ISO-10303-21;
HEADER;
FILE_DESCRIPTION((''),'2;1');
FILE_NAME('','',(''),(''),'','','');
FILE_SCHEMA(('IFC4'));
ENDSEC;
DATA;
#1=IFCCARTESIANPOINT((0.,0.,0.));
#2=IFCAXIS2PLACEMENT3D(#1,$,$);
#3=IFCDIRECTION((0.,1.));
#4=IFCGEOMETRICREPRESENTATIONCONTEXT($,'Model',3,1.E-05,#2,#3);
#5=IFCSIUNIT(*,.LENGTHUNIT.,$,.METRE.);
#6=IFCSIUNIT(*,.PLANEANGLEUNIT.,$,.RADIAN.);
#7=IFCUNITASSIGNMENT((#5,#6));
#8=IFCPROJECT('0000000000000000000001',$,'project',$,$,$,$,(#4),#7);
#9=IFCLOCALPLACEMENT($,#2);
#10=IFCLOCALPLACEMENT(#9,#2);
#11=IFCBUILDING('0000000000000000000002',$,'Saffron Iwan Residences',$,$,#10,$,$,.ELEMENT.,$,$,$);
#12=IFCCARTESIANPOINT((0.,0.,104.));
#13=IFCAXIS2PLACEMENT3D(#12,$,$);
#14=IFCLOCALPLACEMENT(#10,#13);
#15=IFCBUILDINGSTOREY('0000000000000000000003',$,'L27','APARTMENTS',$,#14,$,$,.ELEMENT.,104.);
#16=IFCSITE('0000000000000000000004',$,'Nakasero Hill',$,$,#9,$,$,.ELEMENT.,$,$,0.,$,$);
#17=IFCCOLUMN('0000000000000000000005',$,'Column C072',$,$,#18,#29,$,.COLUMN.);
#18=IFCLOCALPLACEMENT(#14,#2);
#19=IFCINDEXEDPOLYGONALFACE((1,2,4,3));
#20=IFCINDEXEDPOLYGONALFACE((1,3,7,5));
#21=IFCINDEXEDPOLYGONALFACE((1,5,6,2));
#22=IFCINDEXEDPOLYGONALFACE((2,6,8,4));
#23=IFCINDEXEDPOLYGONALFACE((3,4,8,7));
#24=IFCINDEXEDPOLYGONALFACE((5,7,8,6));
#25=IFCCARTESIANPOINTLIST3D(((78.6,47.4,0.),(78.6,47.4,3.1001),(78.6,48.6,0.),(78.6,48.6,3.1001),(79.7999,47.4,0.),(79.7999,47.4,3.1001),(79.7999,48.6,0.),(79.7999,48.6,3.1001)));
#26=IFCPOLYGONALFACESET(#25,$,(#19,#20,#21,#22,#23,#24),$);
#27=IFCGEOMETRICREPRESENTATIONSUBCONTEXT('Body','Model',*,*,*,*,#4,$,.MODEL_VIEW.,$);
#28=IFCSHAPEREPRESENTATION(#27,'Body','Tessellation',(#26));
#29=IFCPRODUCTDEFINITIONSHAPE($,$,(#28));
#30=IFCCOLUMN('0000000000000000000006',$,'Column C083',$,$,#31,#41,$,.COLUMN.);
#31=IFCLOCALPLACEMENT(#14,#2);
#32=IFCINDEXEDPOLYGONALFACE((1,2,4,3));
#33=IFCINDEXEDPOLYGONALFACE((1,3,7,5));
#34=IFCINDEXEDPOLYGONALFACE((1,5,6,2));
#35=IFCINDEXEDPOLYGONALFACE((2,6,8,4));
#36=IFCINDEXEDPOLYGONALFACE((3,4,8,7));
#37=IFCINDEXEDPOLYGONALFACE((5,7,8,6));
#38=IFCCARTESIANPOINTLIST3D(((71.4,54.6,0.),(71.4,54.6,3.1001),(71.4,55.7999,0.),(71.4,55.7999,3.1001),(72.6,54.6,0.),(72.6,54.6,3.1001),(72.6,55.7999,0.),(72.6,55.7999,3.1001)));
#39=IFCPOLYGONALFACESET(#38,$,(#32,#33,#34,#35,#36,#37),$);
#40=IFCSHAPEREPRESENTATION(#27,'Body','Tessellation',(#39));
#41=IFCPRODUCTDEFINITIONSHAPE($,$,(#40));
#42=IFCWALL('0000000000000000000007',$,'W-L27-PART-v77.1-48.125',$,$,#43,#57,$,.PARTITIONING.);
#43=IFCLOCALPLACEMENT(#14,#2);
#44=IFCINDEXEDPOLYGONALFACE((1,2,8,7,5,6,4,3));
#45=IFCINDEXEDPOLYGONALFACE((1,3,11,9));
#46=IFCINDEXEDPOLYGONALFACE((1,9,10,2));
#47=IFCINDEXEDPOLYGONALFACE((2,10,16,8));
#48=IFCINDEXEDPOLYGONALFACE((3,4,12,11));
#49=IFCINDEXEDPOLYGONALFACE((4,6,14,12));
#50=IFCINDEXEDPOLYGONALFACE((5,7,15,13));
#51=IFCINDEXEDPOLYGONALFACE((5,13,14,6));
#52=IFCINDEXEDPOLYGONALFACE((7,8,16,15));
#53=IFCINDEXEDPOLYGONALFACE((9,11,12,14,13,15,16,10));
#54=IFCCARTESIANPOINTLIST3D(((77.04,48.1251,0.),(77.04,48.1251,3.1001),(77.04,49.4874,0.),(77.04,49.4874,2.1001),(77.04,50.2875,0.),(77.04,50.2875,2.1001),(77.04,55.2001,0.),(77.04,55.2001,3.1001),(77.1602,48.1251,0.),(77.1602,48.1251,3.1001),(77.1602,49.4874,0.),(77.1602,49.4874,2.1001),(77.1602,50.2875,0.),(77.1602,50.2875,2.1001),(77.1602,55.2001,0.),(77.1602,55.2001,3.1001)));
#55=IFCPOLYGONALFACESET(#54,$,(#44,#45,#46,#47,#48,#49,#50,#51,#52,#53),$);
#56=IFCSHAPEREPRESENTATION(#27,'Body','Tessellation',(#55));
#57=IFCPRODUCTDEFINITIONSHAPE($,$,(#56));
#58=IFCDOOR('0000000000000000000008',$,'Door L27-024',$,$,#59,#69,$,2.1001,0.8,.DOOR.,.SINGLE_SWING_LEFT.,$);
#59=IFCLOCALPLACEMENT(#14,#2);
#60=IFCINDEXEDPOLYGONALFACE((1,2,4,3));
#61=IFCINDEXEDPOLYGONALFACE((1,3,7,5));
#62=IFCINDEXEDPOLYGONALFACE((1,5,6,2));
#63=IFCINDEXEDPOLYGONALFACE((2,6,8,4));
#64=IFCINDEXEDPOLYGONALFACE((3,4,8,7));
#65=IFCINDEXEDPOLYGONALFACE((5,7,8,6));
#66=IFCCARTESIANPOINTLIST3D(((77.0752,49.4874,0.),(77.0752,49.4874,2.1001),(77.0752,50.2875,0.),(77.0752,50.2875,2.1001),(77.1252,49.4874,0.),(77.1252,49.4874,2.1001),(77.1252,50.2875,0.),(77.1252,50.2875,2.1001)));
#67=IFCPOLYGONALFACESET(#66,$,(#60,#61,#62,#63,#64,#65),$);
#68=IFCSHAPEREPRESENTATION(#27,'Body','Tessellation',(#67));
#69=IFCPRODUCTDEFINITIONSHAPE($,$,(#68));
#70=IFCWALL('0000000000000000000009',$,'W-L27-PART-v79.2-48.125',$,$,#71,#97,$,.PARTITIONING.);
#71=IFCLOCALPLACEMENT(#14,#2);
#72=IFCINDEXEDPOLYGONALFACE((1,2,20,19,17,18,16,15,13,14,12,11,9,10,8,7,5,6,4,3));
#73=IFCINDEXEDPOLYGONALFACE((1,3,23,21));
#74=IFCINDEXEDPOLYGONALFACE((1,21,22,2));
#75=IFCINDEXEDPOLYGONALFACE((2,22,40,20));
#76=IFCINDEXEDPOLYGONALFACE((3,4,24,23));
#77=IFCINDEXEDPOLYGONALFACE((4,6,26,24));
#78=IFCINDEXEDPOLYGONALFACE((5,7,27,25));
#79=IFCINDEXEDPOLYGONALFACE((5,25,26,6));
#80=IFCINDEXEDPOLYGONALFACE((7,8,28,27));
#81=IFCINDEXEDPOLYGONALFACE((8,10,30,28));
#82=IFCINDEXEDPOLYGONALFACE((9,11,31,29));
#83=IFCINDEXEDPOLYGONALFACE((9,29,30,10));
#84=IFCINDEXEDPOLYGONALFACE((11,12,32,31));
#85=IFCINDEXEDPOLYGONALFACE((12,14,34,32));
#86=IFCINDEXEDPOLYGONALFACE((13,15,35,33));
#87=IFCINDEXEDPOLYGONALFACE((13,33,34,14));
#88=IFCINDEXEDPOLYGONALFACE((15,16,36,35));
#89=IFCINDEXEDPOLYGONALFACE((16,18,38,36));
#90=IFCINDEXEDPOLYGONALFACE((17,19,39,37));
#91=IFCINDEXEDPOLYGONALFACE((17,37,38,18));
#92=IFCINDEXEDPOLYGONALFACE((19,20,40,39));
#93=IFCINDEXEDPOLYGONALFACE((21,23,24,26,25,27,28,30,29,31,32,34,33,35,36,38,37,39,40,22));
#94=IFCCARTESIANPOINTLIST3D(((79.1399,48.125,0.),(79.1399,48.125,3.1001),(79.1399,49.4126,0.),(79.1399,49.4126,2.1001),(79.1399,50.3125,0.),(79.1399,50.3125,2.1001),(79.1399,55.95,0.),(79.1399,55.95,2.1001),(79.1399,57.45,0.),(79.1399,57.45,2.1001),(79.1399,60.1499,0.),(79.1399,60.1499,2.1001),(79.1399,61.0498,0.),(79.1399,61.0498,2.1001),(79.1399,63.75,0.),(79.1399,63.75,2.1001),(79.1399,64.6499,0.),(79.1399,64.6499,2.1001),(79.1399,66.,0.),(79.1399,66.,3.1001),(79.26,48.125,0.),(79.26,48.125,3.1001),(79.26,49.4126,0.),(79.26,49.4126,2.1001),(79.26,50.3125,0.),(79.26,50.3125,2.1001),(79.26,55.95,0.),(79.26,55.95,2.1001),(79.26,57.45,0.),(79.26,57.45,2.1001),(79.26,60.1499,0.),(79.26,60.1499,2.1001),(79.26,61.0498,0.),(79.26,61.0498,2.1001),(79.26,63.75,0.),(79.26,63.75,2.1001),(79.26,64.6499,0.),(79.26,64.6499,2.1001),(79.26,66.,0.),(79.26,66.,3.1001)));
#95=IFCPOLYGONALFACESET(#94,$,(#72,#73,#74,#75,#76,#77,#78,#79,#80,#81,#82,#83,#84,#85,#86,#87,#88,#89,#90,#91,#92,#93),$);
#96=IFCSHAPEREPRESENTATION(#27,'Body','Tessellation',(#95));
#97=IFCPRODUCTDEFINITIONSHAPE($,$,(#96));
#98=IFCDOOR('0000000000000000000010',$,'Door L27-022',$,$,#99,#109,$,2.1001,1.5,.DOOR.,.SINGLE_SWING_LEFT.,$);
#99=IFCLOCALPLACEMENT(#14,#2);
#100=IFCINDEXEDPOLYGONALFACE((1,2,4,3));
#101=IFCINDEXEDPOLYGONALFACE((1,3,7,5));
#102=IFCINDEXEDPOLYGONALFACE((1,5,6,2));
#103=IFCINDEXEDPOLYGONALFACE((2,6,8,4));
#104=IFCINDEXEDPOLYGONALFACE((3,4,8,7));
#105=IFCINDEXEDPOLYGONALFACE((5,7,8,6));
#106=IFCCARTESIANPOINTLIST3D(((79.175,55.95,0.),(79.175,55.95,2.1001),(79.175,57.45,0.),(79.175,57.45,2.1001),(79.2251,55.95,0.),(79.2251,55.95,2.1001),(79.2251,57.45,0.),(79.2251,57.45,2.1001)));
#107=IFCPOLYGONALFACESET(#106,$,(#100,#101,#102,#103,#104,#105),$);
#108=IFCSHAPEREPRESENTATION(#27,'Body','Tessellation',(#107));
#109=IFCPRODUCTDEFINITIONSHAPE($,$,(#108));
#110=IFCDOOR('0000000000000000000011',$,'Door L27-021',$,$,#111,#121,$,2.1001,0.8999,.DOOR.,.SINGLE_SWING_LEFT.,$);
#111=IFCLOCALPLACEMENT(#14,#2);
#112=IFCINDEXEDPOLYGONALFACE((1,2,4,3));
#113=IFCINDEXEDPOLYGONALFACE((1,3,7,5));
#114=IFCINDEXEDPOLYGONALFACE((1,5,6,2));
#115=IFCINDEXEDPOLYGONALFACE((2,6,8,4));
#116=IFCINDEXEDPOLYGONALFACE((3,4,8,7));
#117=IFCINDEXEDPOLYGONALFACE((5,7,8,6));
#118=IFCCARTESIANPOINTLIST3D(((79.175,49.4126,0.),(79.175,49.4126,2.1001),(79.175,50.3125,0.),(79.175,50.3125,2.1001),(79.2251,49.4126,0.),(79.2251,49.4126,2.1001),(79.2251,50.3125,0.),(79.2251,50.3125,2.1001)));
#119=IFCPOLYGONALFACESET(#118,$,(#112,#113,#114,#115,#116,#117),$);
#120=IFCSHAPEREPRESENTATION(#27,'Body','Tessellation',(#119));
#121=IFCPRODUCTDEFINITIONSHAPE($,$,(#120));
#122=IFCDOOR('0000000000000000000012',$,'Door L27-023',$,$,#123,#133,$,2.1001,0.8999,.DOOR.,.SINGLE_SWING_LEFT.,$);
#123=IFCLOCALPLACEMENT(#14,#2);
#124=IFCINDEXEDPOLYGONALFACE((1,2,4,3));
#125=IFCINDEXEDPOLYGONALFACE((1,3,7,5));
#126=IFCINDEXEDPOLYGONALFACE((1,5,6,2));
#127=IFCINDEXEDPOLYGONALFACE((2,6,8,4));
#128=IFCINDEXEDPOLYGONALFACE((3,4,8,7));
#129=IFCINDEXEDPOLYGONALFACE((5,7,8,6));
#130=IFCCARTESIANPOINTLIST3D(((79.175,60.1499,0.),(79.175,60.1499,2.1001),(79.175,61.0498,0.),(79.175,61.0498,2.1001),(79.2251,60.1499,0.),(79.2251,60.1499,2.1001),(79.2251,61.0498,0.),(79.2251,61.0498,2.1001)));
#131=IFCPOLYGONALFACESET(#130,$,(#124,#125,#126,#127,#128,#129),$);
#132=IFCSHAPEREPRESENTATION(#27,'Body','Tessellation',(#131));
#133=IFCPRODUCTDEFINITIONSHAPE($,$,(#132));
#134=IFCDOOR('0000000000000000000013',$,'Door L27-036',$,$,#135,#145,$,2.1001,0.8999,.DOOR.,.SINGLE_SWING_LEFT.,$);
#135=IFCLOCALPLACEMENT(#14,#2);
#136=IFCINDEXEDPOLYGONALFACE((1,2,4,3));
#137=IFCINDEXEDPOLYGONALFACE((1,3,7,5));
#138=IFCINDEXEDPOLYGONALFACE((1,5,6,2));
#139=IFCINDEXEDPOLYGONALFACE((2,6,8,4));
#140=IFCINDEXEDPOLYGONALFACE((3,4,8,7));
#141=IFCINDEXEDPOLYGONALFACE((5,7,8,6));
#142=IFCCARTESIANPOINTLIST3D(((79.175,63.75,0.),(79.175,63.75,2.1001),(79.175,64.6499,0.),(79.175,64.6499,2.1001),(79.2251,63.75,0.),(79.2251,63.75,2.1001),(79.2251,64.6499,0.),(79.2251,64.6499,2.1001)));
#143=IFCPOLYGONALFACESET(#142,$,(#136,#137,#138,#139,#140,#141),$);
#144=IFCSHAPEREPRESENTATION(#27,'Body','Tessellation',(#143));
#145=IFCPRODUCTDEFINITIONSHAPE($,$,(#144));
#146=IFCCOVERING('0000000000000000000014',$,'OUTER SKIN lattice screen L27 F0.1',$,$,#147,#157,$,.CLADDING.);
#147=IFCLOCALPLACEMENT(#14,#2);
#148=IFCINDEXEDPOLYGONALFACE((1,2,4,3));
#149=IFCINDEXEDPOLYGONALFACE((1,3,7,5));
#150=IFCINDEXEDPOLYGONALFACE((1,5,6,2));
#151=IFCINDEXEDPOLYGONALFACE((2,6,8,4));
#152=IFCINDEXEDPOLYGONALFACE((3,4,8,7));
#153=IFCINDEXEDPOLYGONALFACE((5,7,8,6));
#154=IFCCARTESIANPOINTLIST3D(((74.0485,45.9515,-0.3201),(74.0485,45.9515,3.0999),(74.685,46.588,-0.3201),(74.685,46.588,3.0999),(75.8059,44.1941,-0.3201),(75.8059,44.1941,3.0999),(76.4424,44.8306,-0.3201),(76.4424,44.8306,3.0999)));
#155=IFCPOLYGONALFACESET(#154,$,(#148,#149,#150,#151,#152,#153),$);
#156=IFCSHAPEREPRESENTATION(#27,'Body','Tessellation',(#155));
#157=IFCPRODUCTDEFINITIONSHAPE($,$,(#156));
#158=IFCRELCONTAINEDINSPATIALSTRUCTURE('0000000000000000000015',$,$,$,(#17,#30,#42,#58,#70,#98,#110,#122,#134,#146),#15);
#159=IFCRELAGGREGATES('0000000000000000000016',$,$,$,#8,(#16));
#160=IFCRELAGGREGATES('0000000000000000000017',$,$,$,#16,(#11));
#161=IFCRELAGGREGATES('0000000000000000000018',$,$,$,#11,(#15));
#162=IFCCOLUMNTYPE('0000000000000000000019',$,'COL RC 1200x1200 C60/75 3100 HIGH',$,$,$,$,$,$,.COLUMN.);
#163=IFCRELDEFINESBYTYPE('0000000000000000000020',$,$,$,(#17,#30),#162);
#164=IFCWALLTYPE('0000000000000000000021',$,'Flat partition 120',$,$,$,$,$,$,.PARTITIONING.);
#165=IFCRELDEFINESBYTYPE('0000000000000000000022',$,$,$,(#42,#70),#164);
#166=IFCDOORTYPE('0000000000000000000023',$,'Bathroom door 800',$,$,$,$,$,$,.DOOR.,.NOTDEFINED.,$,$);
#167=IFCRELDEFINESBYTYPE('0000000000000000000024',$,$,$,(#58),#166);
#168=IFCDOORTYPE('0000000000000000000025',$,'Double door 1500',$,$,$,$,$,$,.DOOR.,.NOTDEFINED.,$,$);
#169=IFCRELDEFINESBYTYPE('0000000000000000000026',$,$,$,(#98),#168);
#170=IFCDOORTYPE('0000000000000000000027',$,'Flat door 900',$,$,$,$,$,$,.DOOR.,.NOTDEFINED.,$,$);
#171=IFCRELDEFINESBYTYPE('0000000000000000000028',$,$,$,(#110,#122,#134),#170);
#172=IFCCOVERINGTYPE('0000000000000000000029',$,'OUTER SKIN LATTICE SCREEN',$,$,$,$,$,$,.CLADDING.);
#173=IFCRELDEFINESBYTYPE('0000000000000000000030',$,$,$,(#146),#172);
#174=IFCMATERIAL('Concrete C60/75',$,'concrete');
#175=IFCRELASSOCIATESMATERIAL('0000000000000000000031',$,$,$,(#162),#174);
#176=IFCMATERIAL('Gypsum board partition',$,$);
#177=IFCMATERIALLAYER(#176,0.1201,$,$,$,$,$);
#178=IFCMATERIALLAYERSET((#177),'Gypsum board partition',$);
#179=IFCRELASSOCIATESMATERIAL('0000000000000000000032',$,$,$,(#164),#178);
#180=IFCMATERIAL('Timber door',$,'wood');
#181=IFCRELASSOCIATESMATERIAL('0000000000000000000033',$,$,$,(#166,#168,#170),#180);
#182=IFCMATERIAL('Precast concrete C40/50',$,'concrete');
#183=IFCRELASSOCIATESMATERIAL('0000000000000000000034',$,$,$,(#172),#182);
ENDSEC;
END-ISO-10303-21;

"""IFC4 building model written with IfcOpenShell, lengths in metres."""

from ifc_helpers import new_model, si_unit, direction, frame, frame_2d, origin, origin_2d, place, context, subcontext, project, spatial, polyline, rectangle, outline, extrude, source, transform, mapped, material, layer, layer_set, material_profile, profile_set, type_object, element, fill, save


model = new_model("IFC4")

# Units and contexts
model_context = context("Model", 3, precision=1e-05, world=origin(), true_north=direction((0.0, 1.0)))
body_context = subcontext(model_context, "Body", "Model", "MODEL_VIEW")
ifc_project = project(units=[si_unit("LENGTHUNIT", "METRE"), si_unit("PLANEANGLEUNIT", "RADIAN")], contexts=[model_context])

# Site, building, storey
site_placement = place(None, origin())
site = spatial("IfcSite", under=ifc_project, at=site_placement, Name="Nakasero Hill", CompositionType="ELEMENT", RefElevation=0.0)
building_placement = place(site_placement, origin())
building = spatial("IfcBuilding", under=site, at=building_placement, Name="Saffron Iwan Residences", CompositionType="ELEMENT")
storey_placement = place(building_placement, frame((0.0, 0.0, 104.0)))
storey = spatial("IfcBuildingStorey", under=building, at=storey_placement, Name="L27", Description="APARTMENTS", CompositionType="ELEMENT", Elevation=104.0)

# Columns
ifc_material_1 = material(Name="Concrete C60/75", Category="concrete")
ifc_material_profile = material_profile(ifc_material_1, rectangle(XDim=1.2, YDim=1.2, at=origin_2d()), Name="RC 1200x1200")
ifc_profile_set = profile_set([ifc_material_profile], Name="Concrete C60/75")
column_type = type_object("IfcColumnType", Name="COL RC 1200x1200 C60/75 3100 HIGH", PredefinedType="COLUMN", material=ifc_profile_set)
shared_shape = source(origin(), body_context, "Body", "SweptSolid", [
    extrude(rectangle(XDim=1.2, YDim=1.2, at=origin_2d()), origin(), (0.0, 0.0, 1.0), 3.1001),
])
for number, where, z_axis, x_axis, name in (
    (1, (79.2, 48.0, 0.0), (0.0, 0.0, 1.0), (1.0, 0.0, 0.0), "Column C072"),
    (2, (72.0, 55.2, 0.0), (0.0, 0.0, 1.0), (1.0, 0.0, 0.0), "Column C083"),
):
    element("IfcColumn", number, at=place(storey_placement, frame(where, z_axis=z_axis, x_axis=x_axis)), inside=storey, type_object=column_type, Name=name, PredefinedType="COLUMN", context=body_context, shape_type="MappedRepresentation", body=[
        mapped(shared_shape, transform((0.0, 0.0, 0.0))),
    ])

# Wall, opening, door
ifc_material_2 = material(Name="Gypsum board partition")
ifc_layer = layer(ifc_material_2, 0.1201)
ifc_layer_set = layer_set([ifc_layer], Name="Gypsum board partition")
wall_type = type_object("IfcWallType", Name="Flat partition 120", PredefinedType="PARTITIONING", material=ifc_layer_set)
wall_1_placement = place(storey_placement, frame((77.1001, 48.125, 0.0), z_axis=(0.0, 0.0, 1.0), x_axis=(0.0, 1.0, 0.0)))
wall_1 = element("IfcWall", 3, at=wall_1_placement, inside=storey, type_object=wall_type, Name="W-L27-PART-v77.1-48.125", PredefinedType="PARTITIONING", context=body_context, shape_type="SweptSolid", body=[
    extrude(rectangle(XDim=7.075, YDim=0.1201, at=frame_2d((3.5376, 0.0))), origin(), (0.0, 0.0, 1.0), 3.1001),
])
opening_1_placement = place(wall_1_placement, frame((1.3625, 0.0, 0.0)))
opening_1 = element("IfcOpeningElement", 4, at=opening_1_placement, cuts=wall_1, PredefinedType="OPENING", context=body_context, shape_type="SweptSolid", body=[
    extrude(rectangle(XDim=0.8, YDim=2.1001, at=frame_2d((0.3999, 1.05))), frame((0.0, 0.0701, 0.0), z_axis=(0.0, -1.0, 0.0), x_axis=(1.0, 0.0, 0.0)), (0.0, 0.0, 1.0), 0.1401),
])
ifc_material_3 = material(Name="Timber door", Category="wood")
door_type_1 = type_object("IfcDoorType", Name="Bathroom door 800", OperationType="NOTDEFINED", PredefinedType="DOOR", material=ifc_material_3)
door_1_placement = place(opening_1_placement, origin())
door_1 = element("IfcDoor", 5, at=door_1_placement, inside=storey, type_object=door_type_1, Name="Door L27-024", OperationType="SINGLE_SWING_LEFT", OverallHeight=2.1001, OverallWidth=0.8, PredefinedType="DOOR", context=body_context, shape_type="SweptSolid", body=[
    extrude(rectangle(XDim=0.8, YDim=2.1001, at=frame_2d((0.3999, 1.05))), frame((0.0, 0.0249, 0.0), z_axis=(0.0, -1.0, 0.0), x_axis=(1.0, 0.0, 0.0)), (0.0, 0.0, 1.0), 0.05),
])
fill(opening_1, door_1)

# Wall, openings, doors
wall_2_placement = place(storey_placement, frame((79.2, 48.125, 0.0), z_axis=(0.0, 0.0, 1.0), x_axis=(0.0, 1.0, 0.0)))
wall_2 = element("IfcWall", 6, at=wall_2_placement, inside=storey, type_object=wall_type, Name="W-L27-PART-v79.2-48.125", PredefinedType="PARTITIONING", context=body_context, shape_type="SweptSolid", body=[
    extrude(rectangle(XDim=17.875, YDim=0.1201, at=frame_2d((8.9375, 0.0))), origin(), (0.0, 0.0, 1.0), 3.1001),
])
opening_2_placement = place(wall_2_placement, frame((1.2876, 0.0, 0.0)))
opening_2 = element("IfcOpeningElement", 7, at=opening_2_placement, cuts=wall_2, PredefinedType="OPENING", context=body_context, shape_type="SweptSolid", body=[
    extrude(rectangle(XDim=0.8999, YDim=2.1001, at=frame_2d((0.45, 1.05))), frame((0.0, 0.0701, 0.0), z_axis=(0.0, -1.0, 0.0), x_axis=(1.0, 0.0, 0.0)), (0.0, 0.0, 1.0), 0.1401),
])
opening_3_placement = place(wall_2_placement, frame((7.825, 0.0, 0.0)))
opening_3 = element("IfcOpeningElement", 8, at=opening_3_placement, cuts=wall_2, PredefinedType="OPENING", context=body_context, shape_type="SweptSolid", body=[
    extrude(rectangle(XDim=1.5, YDim=2.1001, at=frame_2d((0.75, 1.05))), frame((0.0, 0.0701, 0.0), z_axis=(0.0, -1.0, 0.0), x_axis=(1.0, 0.0, 0.0)), (0.0, 0.0, 1.0), 0.1401),
])
opening_4_placement = place(wall_2_placement, frame((12.0249, 0.0, 0.0)))
opening_4 = element("IfcOpeningElement", 9, at=opening_4_placement, cuts=wall_2, PredefinedType="OPENING", context=body_context, shape_type="SweptSolid", body=[
    extrude(rectangle(XDim=0.8999, YDim=2.1001, at=frame_2d((0.45, 1.05))), frame((0.0, 0.0701, 0.0), z_axis=(0.0, -1.0, 0.0), x_axis=(1.0, 0.0, 0.0)), (0.0, 0.0, 1.0), 0.1401),
])
opening_5_placement = place(wall_2_placement, frame((15.625, 0.0, 0.0)))
opening_5 = element("IfcOpeningElement", 10, at=opening_5_placement, cuts=wall_2, PredefinedType="OPENING", context=body_context, shape_type="SweptSolid", body=[
    extrude(rectangle(XDim=0.8999, YDim=2.1001, at=frame_2d((0.45, 1.05))), frame((0.0, 0.0701, 0.0), z_axis=(0.0, -1.0, 0.0), x_axis=(1.0, 0.0, 0.0)), (0.0, 0.0, 1.0), 0.1401),
])
door_type_2 = type_object("IfcDoorType", Name="Double door 1500", OperationType="NOTDEFINED", PredefinedType="DOOR", material=ifc_material_3)
door_2_placement = place(opening_3_placement, origin())
door_2 = element("IfcDoor", 11, at=door_2_placement, inside=storey, type_object=door_type_2, Name="Door L27-022", OperationType="SINGLE_SWING_LEFT", OverallHeight=2.1001, OverallWidth=1.5, PredefinedType="DOOR", context=body_context, shape_type="SweptSolid", body=[
    extrude(rectangle(XDim=1.5, YDim=2.1001, at=frame_2d((0.75, 1.05))), frame((0.0, 0.0249, 0.0), z_axis=(0.0, -1.0, 0.0), x_axis=(1.0, 0.0, 0.0)), (0.0, 0.0, 1.0), 0.05),
])
fill(opening_3, door_2)
door_type_3 = type_object("IfcDoorType", Name="Flat door 900", OperationType="NOTDEFINED", PredefinedType="DOOR", material=ifc_material_3)
door_3_placement = place(opening_2_placement, origin())
door_3 = element("IfcDoor", 12, at=door_3_placement, inside=storey, type_object=door_type_3, Name="Door L27-021", OperationType="SINGLE_SWING_LEFT", OverallHeight=2.1001, OverallWidth=0.8999, PredefinedType="DOOR", context=body_context, shape_type="SweptSolid", body=[
    extrude(rectangle(XDim=0.8999, YDim=2.1001, at=frame_2d((0.45, 1.05))), frame((0.0, 0.0249, 0.0), z_axis=(0.0, -1.0, 0.0), x_axis=(1.0, 0.0, 0.0)), (0.0, 0.0, 1.0), 0.05),
])
fill(opening_2, door_3)
door_4_placement = place(opening_4_placement, origin())
door_4 = element("IfcDoor", 13, at=door_4_placement, inside=storey, type_object=door_type_3, Name="Door L27-023", OperationType="SINGLE_SWING_LEFT", OverallHeight=2.1001, OverallWidth=0.8999, PredefinedType="DOOR", context=body_context, shape_type="SweptSolid", body=[
    extrude(rectangle(XDim=0.8999, YDim=2.1001, at=frame_2d((0.45, 1.05))), frame((0.0, 0.0249, 0.0), z_axis=(0.0, -1.0, 0.0), x_axis=(1.0, 0.0, 0.0)), (0.0, 0.0, 1.0), 0.05),
])
fill(opening_4, door_4)
door_5_placement = place(opening_5_placement, origin())
door_5 = element("IfcDoor", 14, at=door_5_placement, inside=storey, type_object=door_type_3, Name="Door L27-036", OperationType="SINGLE_SWING_LEFT", OverallHeight=2.1001, OverallWidth=0.8999, PredefinedType="DOOR", context=body_context, shape_type="SweptSolid", body=[
    extrude(rectangle(XDim=0.8999, YDim=2.1001, at=frame_2d((0.45, 1.05))), frame((0.0, 0.0249, 0.0), z_axis=(0.0, -1.0, 0.0), x_axis=(1.0, 0.0, 0.0)), (0.0, 0.0, 1.0), 0.05),
])
fill(opening_5, door_5)

# Covering
ifc_material_4 = material(Name="Precast concrete C40/50", Category="concrete")
covering_type = type_object("IfcCoveringType", Name="OUTER SKIN LATTICE SCREEN", PredefinedType="CLADDING", material=ifc_material_4)
covering_1_placement = place(storey_placement, frame((75.8059, 44.1941, -0.3201), z_axis=(0.707107, 0.707107, 0.0), x_axis=(-0.707107, 0.707107, 0.0)))
element("IfcCovering", 15, at=covering_1_placement, inside=storey, type_object=covering_type, Name="OUTER SKIN lattice screen L27 F0.1", PredefinedType="CLADDING", context=body_context, shape_type="SweptSolid", body=[
    extrude(outline(polyline([(0.0, 0.0), (2.4854, 0.0), (2.4854, 3.4199), (0.0, 3.4199), (0.0, 0.0)])), origin(), (0.0, 0.0, 1.0), 0.9001),
])

save(model, "model.ifc")
